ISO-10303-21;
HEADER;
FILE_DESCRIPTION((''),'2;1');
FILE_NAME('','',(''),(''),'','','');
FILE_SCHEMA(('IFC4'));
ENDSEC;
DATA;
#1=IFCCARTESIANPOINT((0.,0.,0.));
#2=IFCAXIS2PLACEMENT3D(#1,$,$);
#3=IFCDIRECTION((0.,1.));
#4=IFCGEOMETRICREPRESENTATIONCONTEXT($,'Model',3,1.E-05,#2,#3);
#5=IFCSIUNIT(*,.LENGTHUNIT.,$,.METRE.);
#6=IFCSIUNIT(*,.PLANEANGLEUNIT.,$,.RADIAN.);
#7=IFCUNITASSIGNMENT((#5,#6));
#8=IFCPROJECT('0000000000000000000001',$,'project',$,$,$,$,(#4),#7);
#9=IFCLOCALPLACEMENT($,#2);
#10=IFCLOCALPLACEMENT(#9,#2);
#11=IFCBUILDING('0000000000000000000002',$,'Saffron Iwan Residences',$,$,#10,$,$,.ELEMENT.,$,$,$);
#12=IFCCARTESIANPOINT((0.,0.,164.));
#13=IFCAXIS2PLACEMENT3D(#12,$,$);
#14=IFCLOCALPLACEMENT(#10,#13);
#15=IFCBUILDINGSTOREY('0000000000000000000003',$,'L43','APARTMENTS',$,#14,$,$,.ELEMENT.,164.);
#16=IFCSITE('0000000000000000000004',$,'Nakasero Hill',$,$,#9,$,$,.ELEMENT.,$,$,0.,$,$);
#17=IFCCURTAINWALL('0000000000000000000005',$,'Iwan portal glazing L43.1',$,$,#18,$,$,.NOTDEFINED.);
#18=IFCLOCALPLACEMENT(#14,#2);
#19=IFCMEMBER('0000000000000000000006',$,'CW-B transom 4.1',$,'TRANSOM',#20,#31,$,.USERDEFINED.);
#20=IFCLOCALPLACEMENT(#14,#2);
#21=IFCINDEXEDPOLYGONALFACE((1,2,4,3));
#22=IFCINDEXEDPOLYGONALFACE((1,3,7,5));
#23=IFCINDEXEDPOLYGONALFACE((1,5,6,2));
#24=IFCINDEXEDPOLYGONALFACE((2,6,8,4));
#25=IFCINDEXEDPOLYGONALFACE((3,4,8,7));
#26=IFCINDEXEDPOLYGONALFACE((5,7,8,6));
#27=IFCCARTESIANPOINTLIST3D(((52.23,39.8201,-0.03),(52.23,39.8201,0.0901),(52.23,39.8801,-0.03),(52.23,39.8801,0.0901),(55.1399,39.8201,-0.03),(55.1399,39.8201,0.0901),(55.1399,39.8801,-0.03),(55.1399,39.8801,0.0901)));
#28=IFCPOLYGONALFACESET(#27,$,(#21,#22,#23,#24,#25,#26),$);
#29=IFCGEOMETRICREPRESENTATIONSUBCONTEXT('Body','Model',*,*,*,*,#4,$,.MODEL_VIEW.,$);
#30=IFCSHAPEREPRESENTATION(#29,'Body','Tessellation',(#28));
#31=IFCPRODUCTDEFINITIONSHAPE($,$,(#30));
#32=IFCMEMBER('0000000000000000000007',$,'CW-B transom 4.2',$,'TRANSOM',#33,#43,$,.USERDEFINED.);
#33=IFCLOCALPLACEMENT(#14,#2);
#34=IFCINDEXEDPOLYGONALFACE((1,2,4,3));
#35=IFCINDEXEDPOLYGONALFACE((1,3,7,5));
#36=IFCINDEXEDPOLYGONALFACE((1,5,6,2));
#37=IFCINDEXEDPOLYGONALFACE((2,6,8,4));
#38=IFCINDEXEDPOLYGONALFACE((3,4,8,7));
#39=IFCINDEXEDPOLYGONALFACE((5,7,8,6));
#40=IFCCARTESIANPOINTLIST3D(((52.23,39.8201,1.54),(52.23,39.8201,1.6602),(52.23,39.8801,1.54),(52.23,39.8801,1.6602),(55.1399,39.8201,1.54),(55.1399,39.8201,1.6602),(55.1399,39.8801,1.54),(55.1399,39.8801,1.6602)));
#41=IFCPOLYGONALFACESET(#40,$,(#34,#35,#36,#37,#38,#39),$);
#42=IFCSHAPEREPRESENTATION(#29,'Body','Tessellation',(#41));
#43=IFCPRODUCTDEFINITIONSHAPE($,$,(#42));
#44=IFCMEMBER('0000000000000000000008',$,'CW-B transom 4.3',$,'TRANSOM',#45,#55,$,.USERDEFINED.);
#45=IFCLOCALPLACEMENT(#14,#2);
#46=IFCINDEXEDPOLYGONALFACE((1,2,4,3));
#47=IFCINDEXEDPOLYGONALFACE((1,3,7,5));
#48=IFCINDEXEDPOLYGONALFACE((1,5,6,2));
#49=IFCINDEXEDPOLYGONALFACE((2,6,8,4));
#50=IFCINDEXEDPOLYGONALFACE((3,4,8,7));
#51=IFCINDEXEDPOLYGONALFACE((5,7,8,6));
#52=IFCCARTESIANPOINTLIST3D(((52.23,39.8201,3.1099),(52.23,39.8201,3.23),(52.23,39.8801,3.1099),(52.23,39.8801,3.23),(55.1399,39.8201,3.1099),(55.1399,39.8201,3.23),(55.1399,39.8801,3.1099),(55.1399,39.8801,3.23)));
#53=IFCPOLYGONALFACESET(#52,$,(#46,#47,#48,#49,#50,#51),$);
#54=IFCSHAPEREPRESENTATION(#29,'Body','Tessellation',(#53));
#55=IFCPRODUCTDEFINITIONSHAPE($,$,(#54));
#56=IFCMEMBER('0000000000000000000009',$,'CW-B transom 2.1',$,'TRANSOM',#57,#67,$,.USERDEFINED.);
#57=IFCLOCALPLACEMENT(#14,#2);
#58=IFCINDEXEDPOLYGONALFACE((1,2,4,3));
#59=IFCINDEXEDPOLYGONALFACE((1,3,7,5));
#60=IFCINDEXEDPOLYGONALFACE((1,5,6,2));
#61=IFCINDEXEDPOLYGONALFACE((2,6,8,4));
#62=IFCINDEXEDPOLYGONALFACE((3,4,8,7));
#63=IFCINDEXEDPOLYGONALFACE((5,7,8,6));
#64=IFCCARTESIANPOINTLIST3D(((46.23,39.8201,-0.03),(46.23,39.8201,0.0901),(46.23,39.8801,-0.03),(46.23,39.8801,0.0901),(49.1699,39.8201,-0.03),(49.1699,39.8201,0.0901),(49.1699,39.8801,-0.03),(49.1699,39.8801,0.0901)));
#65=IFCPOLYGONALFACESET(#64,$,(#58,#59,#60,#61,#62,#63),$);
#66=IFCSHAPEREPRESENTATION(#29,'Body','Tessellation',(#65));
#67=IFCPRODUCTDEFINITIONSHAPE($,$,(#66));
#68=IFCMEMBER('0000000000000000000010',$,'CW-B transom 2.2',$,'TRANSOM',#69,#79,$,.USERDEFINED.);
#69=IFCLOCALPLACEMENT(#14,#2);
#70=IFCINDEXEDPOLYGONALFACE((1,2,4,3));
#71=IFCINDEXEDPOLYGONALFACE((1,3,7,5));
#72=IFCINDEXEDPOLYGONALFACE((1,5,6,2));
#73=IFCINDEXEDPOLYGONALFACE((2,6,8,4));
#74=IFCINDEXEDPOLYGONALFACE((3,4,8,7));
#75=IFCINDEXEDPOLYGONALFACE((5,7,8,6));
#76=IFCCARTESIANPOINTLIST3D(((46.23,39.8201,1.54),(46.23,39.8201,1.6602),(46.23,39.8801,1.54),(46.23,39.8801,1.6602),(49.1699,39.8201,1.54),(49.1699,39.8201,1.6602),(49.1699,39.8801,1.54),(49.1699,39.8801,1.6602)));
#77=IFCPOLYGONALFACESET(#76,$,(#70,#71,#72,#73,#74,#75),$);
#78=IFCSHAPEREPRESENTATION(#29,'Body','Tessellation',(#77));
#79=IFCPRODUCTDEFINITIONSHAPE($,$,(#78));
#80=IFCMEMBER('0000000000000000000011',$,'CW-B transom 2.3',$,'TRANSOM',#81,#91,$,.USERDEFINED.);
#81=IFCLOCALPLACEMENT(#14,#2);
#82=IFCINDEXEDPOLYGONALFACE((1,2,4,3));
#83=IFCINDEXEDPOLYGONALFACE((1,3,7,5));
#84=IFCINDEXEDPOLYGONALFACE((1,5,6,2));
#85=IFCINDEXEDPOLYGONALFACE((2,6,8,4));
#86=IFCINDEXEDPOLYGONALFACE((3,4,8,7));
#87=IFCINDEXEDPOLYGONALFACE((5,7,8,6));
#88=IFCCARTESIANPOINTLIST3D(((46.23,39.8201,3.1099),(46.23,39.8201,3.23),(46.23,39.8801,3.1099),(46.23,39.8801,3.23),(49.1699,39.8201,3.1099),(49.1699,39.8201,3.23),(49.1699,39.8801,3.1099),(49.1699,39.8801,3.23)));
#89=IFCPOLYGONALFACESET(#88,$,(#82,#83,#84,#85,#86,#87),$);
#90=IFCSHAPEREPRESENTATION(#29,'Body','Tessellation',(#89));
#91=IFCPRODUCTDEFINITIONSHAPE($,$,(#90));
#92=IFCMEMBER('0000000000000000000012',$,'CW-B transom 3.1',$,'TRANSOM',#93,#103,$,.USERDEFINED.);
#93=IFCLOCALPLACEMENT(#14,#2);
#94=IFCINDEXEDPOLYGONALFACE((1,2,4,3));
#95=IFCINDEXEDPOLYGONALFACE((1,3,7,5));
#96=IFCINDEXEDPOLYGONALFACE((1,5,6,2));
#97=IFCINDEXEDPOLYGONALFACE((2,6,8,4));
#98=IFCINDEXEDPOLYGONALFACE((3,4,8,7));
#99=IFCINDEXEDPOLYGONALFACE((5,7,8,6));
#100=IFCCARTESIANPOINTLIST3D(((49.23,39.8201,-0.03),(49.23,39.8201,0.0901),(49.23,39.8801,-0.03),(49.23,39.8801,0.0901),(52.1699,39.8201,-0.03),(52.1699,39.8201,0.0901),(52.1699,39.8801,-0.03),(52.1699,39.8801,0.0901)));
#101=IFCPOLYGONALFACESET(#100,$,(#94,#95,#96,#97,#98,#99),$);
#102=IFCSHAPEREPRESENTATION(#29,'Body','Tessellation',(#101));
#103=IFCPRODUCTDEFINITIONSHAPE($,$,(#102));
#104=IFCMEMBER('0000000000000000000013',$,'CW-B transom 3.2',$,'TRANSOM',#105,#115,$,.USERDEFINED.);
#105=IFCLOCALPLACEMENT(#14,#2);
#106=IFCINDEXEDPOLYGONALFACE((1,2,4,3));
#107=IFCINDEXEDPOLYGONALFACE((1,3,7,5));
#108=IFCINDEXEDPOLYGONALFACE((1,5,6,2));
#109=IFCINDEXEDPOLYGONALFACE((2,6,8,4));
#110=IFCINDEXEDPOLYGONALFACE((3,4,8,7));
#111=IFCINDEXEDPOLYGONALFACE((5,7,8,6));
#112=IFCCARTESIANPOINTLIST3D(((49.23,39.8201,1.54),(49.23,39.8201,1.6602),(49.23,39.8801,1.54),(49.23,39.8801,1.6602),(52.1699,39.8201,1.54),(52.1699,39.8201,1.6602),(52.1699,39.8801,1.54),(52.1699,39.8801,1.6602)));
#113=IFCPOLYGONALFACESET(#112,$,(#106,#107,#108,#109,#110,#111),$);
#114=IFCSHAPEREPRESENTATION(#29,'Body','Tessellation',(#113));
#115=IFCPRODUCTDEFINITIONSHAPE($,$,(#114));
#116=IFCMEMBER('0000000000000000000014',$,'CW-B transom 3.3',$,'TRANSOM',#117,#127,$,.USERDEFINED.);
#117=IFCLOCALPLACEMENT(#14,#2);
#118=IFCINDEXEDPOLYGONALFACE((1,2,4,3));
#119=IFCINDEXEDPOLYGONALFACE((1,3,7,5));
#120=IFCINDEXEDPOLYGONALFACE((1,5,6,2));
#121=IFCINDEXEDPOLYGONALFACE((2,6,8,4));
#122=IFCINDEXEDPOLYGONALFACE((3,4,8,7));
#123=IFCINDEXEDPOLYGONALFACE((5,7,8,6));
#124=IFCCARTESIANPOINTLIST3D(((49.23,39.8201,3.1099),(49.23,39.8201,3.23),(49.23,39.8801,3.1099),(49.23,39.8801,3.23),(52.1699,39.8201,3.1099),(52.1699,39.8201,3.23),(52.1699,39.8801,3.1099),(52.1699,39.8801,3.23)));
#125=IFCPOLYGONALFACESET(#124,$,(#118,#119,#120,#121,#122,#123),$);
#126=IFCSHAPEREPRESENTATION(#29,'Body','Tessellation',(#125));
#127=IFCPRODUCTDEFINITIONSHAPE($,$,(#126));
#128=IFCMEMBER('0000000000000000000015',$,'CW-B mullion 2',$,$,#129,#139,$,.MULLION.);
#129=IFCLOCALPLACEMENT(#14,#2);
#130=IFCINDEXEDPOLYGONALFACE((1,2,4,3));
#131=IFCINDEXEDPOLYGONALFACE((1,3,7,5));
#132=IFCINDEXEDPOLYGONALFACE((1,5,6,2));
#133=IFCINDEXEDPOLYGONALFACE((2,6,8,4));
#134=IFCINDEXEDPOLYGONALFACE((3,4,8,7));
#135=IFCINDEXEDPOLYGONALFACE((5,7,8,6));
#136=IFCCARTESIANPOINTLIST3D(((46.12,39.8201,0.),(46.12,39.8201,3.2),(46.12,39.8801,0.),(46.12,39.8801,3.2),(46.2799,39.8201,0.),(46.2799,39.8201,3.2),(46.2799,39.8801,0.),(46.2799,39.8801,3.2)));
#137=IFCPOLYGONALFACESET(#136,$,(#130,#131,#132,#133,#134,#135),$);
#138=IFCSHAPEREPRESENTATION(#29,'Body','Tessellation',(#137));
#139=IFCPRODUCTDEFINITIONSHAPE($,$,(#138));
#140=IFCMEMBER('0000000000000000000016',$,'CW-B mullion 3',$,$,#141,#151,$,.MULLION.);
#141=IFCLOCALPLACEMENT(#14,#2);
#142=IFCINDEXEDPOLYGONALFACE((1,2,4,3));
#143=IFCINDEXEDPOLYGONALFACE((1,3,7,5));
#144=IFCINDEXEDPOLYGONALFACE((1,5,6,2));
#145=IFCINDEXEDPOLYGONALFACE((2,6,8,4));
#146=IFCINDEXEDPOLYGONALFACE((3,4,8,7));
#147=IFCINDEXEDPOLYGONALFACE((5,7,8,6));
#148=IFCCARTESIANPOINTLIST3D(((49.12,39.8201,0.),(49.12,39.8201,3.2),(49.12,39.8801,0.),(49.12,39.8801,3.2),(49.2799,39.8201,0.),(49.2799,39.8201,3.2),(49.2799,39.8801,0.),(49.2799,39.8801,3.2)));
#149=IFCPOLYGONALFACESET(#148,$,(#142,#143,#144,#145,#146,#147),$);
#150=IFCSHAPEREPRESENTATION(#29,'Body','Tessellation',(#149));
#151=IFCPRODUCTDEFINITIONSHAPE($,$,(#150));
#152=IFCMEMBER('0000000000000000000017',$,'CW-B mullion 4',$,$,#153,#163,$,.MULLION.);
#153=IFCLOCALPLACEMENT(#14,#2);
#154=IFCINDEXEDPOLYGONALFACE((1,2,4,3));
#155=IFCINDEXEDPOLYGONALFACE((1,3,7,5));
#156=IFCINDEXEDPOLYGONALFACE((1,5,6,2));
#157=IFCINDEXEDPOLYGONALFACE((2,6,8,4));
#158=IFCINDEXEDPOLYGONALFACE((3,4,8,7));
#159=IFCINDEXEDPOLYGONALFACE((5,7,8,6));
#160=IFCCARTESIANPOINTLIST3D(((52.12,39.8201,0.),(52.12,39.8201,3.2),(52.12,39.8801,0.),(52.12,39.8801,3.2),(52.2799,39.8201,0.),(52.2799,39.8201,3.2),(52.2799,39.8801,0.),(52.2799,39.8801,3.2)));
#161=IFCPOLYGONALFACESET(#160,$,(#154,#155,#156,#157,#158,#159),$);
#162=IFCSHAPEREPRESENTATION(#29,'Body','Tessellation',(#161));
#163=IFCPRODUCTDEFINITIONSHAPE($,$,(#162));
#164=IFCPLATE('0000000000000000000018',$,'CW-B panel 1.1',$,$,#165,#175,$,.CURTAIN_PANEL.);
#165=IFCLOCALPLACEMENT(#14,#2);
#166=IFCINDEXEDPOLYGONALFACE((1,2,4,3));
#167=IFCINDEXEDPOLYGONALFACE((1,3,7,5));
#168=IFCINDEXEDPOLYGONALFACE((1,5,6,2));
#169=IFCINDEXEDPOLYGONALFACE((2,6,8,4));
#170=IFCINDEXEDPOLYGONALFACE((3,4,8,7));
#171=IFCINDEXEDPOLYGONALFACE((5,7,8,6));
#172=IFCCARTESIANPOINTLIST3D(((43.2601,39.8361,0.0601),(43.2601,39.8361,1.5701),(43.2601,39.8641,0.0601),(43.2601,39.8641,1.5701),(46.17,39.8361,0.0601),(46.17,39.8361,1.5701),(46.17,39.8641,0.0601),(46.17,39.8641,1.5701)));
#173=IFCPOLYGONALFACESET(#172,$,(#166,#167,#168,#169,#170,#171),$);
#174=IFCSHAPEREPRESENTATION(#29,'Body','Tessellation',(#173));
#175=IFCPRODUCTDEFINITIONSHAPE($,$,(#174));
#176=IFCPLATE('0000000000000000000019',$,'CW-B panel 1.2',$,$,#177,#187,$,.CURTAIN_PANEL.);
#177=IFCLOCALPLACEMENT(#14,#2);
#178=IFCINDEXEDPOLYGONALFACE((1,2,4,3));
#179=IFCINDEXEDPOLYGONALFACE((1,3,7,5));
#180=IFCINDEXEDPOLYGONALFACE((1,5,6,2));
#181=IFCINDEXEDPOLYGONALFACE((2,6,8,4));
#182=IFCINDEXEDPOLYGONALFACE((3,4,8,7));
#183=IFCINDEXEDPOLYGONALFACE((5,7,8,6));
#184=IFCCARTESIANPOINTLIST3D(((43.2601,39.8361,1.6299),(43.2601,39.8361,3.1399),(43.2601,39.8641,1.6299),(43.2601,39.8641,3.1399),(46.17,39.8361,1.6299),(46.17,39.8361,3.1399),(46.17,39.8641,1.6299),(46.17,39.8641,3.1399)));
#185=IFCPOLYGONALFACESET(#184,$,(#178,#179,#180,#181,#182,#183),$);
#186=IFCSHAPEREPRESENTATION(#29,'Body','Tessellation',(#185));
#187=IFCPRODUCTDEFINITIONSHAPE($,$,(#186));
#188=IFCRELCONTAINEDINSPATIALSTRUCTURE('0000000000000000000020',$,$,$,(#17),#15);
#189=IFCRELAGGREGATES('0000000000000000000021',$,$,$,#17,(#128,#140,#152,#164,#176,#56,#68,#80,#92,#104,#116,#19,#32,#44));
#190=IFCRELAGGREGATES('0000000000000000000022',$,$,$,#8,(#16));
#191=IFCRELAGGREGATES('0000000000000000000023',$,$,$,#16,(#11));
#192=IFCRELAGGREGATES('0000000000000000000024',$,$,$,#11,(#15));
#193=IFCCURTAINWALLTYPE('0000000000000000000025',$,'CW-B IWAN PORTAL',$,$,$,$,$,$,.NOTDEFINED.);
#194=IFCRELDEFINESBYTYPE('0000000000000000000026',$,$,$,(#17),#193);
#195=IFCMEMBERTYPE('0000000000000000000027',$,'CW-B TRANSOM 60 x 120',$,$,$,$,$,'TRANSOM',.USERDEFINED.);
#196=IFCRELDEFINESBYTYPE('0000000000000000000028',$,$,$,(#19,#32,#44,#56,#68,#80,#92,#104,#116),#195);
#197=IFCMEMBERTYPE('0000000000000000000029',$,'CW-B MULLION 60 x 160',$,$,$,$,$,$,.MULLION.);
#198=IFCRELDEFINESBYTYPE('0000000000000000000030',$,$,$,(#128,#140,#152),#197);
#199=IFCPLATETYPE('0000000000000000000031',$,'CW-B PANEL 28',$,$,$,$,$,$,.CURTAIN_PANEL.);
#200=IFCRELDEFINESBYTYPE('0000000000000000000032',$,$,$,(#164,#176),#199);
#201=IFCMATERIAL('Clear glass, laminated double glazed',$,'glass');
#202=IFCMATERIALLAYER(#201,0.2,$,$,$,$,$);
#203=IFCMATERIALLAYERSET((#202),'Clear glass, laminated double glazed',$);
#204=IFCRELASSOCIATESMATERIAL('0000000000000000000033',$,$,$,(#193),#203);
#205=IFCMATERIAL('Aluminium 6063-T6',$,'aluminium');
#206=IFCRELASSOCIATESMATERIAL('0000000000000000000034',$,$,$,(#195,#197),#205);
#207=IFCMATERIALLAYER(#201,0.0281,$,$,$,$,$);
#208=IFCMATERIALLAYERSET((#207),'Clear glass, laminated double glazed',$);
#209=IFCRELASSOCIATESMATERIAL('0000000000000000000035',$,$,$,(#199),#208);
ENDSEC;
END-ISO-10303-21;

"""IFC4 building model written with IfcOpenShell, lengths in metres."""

from ifc_helpers import new_model, si_unit, direction, frame, origin, origin_2d, place, context, subcontext, project, spatial, rectangle, extrude, source, transform, mapped, material, layer, layer_set, material_profile, profile_set, type_object, element, aggregate, save


model = new_model("IFC4")

# Units and contexts
model_context = context("Model", 3, precision=1e-05, world=origin(), true_north=direction((0.0, 1.0)))
body_context = subcontext(model_context, "Body", "Model", "MODEL_VIEW")
ifc_project = project(units=[si_unit("LENGTHUNIT", "METRE"), si_unit("PLANEANGLEUNIT", "RADIAN")], contexts=[model_context])

# Site, building, storey
site_placement = place(None, origin())
site = spatial("IfcSite", under=ifc_project, at=site_placement, Name="Nakasero Hill", CompositionType="ELEMENT", RefElevation=0.0)
building_placement = place(site_placement, origin())
building = spatial("IfcBuilding", under=site, at=building_placement, Name="Saffron Iwan Residences", CompositionType="ELEMENT")
storey_placement = place(building_placement, frame((0.0, 0.0, 164.0)))
storey = spatial("IfcBuildingStorey", under=building, at=storey_placement, Name="L43", Description="APARTMENTS", CompositionType="ELEMENT", Elevation=164.0)

# Curtain wall, members, plates
ifc_material_1 = material(Name="Clear glass, laminated double glazed", Category="glass")
ifc_layer_1 = layer(ifc_material_1, 0.2)
ifc_layer_set_1 = layer_set([ifc_layer_1], Name="Clear glass, laminated double glazed")
curtain_wall_type = type_object("IfcCurtainWallType", Name="CW-B IWAN PORTAL", PredefinedType="NOTDEFINED", material=ifc_layer_set_1)
curtain_wall_placement = place(storey_placement, origin())
curtain_wall = element("IfcCurtainWall", 1, at=curtain_wall_placement, inside=storey, type_object=curtain_wall_type, Name="Iwan portal glazing L43.1", PredefinedType="NOTDEFINED")
ifc_material_2 = material(Name="Aluminium 6063-T6", Category="aluminium")
ifc_material_profile_1 = material_profile(ifc_material_2, rectangle(XDim=0.0601, YDim=0.1201, at=origin_2d()), Name="CW-B TRANSOM 60 x 120")
ifc_profile_set_1 = profile_set([ifc_material_profile_1], Name="Aluminium 6063-T6")
member_type_1 = type_object("IfcMemberType", Name="CW-B TRANSOM 60 x 120", ElementType="TRANSOM", PredefinedType="USERDEFINED", material=ifc_profile_set_1)
shared_shape_1 = source(origin(), body_context, "Body", "SweptSolid", [
    extrude(rectangle(XDim=0.0601, YDim=0.1201, at=origin_2d()), origin(), (0.0, 0.0, 1.0), 2.9099),
])
member_1_placement = place(storey_placement, frame((52.23, 39.8501, 0.03), z_axis=(1.0, 0.0, 0.0), x_axis=(0.0, 1.0, 0.0)))
member_1 = element("IfcMember", 2, at=member_1_placement, type_object=member_type_1, Name="CW-B transom 4.1", ObjectType="TRANSOM", PredefinedType="USERDEFINED", context=body_context, shape_type="MappedRepresentation", body=[
    mapped(shared_shape_1, transform((0.0, 0.0, 0.0))),
])
member_2_placement = place(storey_placement, frame((52.23, 39.8501, 1.6001), z_axis=(1.0, 0.0, 0.0), x_axis=(0.0, 1.0, 0.0)))
member_2 = element("IfcMember", 3, at=member_2_placement, type_object=member_type_1, Name="CW-B transom 4.2", ObjectType="TRANSOM", PredefinedType="USERDEFINED", context=body_context, shape_type="MappedRepresentation", body=[
    mapped(shared_shape_1, transform((0.0, 0.0, 0.0))),
])
member_3_placement = place(storey_placement, frame((52.23, 39.8501, 3.1699), z_axis=(1.0, 0.0, 0.0), x_axis=(0.0, 1.0, 0.0)))
member_3 = element("IfcMember", 4, at=member_3_placement, type_object=member_type_1, Name="CW-B transom 4.3", ObjectType="TRANSOM", PredefinedType="USERDEFINED", context=body_context, shape_type="MappedRepresentation", body=[
    mapped(shared_shape_1, transform((0.0, 0.0, 0.0))),
])
shared_shape_2 = source(origin(), body_context, "Body", "SweptSolid", [
    extrude(rectangle(XDim=0.0601, YDim=0.1201, at=origin_2d()), origin(), (0.0, 0.0, 1.0), 2.9399),
])
member_4_placement = place(storey_placement, frame((46.23, 39.8501, 0.03), z_axis=(1.0, 0.0, 0.0), x_axis=(0.0, 1.0, 0.0)))
member_4 = element("IfcMember", 5, at=member_4_placement, type_object=member_type_1, Name="CW-B transom 2.1", ObjectType="TRANSOM", PredefinedType="USERDEFINED", context=body_context, shape_type="MappedRepresentation", body=[
    mapped(shared_shape_2, transform((0.0, 0.0, 0.0))),
])
member_5_placement = place(storey_placement, frame((46.23, 39.8501, 1.6001), z_axis=(1.0, 0.0, 0.0), x_axis=(0.0, 1.0, 0.0)))
member_5 = element("IfcMember", 6, at=member_5_placement, type_object=member_type_1, Name="CW-B transom 2.2", ObjectType="TRANSOM", PredefinedType="USERDEFINED", context=body_context, shape_type="MappedRepresentation", body=[
    mapped(shared_shape_2, transform((0.0, 0.0, 0.0))),
])
member_6_placement = place(storey_placement, frame((46.23, 39.8501, 3.1699), z_axis=(1.0, 0.0, 0.0), x_axis=(0.0, 1.0, 0.0)))
member_6 = element("IfcMember", 7, at=member_6_placement, type_object=member_type_1, Name="CW-B transom 2.3", ObjectType="TRANSOM", PredefinedType="USERDEFINED", context=body_context, shape_type="MappedRepresentation", body=[
    mapped(shared_shape_2, transform((0.0, 0.0, 0.0))),
])
member_7_placement = place(storey_placement, frame((49.23, 39.8501, 0.03), z_axis=(1.0, 0.0, 0.0), x_axis=(0.0, 1.0, 0.0)))
member_7 = element("IfcMember", 8, at=member_7_placement, type_object=member_type_1, Name="CW-B transom 3.1", ObjectType="TRANSOM", PredefinedType="USERDEFINED", context=body_context, shape_type="MappedRepresentation", body=[
    mapped(shared_shape_2, transform((0.0, 0.0, 0.0))),
])
member_8_placement = place(storey_placement, frame((49.23, 39.8501, 1.6001), z_axis=(1.0, 0.0, 0.0), x_axis=(0.0, 1.0, 0.0)))
member_8 = element("IfcMember", 9, at=member_8_placement, type_object=member_type_1, Name="CW-B transom 3.2", ObjectType="TRANSOM", PredefinedType="USERDEFINED", context=body_context, shape_type="MappedRepresentation", body=[
    mapped(shared_shape_2, transform((0.0, 0.0, 0.0))),
])
member_9_placement = place(storey_placement, frame((49.23, 39.8501, 3.1699), z_axis=(1.0, 0.0, 0.0), x_axis=(0.0, 1.0, 0.0)))
member_9 = element("IfcMember", 10, at=member_9_placement, type_object=member_type_1, Name="CW-B transom 3.3", ObjectType="TRANSOM", PredefinedType="USERDEFINED", context=body_context, shape_type="MappedRepresentation", body=[
    mapped(shared_shape_2, transform((0.0, 0.0, 0.0))),
])
ifc_material_profile_2 = material_profile(ifc_material_2, rectangle(XDim=0.0601, YDim=0.1599, at=origin_2d()), Name="CW-B MULLION 60 x 160")
ifc_profile_set_2 = profile_set([ifc_material_profile_2], Name="Aluminium 6063-T6")
member_type_2 = type_object("IfcMemberType", Name="CW-B MULLION 60 x 160", PredefinedType="MULLION", material=ifc_profile_set_2)
shared_shape_3 = source(origin(), body_context, "Body", "SweptSolid", [
    extrude(rectangle(XDim=0.0601, YDim=0.1599, at=origin_2d()), origin(), (0.0, 0.0, 1.0), 3.2),
])
member_10_placement = place(storey_placement, frame((46.2, 39.8501, 0.0), z_axis=(0.0, 0.0, 1.0), x_axis=(0.0, 1.0, 0.0)))
member_10 = element("IfcMember", 11, at=member_10_placement, type_object=member_type_2, Name="CW-B mullion 2", PredefinedType="MULLION", context=body_context, shape_type="MappedRepresentation", body=[
    mapped(shared_shape_3, transform((0.0, 0.0, 0.0))),
])
member_11_placement = place(storey_placement, frame((49.2, 39.8501, 0.0), z_axis=(0.0, 0.0, 1.0), x_axis=(0.0, 1.0, 0.0)))
member_11 = element("IfcMember", 12, at=member_11_placement, type_object=member_type_2, Name="CW-B mullion 3", PredefinedType="MULLION", context=body_context, shape_type="MappedRepresentation", body=[
    mapped(shared_shape_3, transform((0.0, 0.0, 0.0))),
])
member_12_placement = place(storey_placement, frame((52.2, 39.8501, 0.0), z_axis=(0.0, 0.0, 1.0), x_axis=(0.0, 1.0, 0.0)))
member_12 = element("IfcMember", 13, at=member_12_placement, type_object=member_type_2, Name="CW-B mullion 4", PredefinedType="MULLION", context=body_context, shape_type="MappedRepresentation", body=[
    mapped(shared_shape_3, transform((0.0, 0.0, 0.0))),
])
ifc_layer_2 = layer(ifc_material_1, 0.0281)
ifc_layer_set_2 = layer_set([ifc_layer_2], Name="Clear glass, laminated double glazed")
plate_type = type_object("IfcPlateType", Name="CW-B PANEL 28", PredefinedType="CURTAIN_PANEL", material=ifc_layer_set_2)
shared_shape_4 = source(origin(), body_context, "Body", "SweptSolid", [
    extrude(rectangle(XDim=2.9099, YDim=0.0281, at=origin_2d()), origin(), (0.0, 0.0, 1.0), 1.51),
])
plate_1_placement = place(storey_placement, frame((44.7151, 39.8501, 0.0601), z_axis=(0.0, 0.0, 1.0), x_axis=(1.0, 0.0, 0.0)))
plate_1 = element("IfcPlate", 14, at=plate_1_placement, type_object=plate_type, Name="CW-B panel 1.1", PredefinedType="CURTAIN_PANEL", context=body_context, shape_type="MappedRepresentation", body=[
    mapped(shared_shape_4, transform((0.0, 0.0, 0.0))),
])
plate_2_placement = place(storey_placement, frame((44.7151, 39.8501, 1.6299), z_axis=(0.0, 0.0, 1.0), x_axis=(1.0, 0.0, 0.0)))
plate_2 = element("IfcPlate", 15, at=plate_2_placement, type_object=plate_type, Name="CW-B panel 1.2", PredefinedType="CURTAIN_PANEL", context=body_context, shape_type="MappedRepresentation", body=[
    mapped(shared_shape_4, transform((0.0, 0.0, 0.0))),
])
aggregate(curtain_wall, [member_10, member_11, member_12, plate_1, plate_2, member_4, member_5, member_6, member_7, member_8, member_9, member_1, member_2, member_3])

save(model, "model.ifc")
